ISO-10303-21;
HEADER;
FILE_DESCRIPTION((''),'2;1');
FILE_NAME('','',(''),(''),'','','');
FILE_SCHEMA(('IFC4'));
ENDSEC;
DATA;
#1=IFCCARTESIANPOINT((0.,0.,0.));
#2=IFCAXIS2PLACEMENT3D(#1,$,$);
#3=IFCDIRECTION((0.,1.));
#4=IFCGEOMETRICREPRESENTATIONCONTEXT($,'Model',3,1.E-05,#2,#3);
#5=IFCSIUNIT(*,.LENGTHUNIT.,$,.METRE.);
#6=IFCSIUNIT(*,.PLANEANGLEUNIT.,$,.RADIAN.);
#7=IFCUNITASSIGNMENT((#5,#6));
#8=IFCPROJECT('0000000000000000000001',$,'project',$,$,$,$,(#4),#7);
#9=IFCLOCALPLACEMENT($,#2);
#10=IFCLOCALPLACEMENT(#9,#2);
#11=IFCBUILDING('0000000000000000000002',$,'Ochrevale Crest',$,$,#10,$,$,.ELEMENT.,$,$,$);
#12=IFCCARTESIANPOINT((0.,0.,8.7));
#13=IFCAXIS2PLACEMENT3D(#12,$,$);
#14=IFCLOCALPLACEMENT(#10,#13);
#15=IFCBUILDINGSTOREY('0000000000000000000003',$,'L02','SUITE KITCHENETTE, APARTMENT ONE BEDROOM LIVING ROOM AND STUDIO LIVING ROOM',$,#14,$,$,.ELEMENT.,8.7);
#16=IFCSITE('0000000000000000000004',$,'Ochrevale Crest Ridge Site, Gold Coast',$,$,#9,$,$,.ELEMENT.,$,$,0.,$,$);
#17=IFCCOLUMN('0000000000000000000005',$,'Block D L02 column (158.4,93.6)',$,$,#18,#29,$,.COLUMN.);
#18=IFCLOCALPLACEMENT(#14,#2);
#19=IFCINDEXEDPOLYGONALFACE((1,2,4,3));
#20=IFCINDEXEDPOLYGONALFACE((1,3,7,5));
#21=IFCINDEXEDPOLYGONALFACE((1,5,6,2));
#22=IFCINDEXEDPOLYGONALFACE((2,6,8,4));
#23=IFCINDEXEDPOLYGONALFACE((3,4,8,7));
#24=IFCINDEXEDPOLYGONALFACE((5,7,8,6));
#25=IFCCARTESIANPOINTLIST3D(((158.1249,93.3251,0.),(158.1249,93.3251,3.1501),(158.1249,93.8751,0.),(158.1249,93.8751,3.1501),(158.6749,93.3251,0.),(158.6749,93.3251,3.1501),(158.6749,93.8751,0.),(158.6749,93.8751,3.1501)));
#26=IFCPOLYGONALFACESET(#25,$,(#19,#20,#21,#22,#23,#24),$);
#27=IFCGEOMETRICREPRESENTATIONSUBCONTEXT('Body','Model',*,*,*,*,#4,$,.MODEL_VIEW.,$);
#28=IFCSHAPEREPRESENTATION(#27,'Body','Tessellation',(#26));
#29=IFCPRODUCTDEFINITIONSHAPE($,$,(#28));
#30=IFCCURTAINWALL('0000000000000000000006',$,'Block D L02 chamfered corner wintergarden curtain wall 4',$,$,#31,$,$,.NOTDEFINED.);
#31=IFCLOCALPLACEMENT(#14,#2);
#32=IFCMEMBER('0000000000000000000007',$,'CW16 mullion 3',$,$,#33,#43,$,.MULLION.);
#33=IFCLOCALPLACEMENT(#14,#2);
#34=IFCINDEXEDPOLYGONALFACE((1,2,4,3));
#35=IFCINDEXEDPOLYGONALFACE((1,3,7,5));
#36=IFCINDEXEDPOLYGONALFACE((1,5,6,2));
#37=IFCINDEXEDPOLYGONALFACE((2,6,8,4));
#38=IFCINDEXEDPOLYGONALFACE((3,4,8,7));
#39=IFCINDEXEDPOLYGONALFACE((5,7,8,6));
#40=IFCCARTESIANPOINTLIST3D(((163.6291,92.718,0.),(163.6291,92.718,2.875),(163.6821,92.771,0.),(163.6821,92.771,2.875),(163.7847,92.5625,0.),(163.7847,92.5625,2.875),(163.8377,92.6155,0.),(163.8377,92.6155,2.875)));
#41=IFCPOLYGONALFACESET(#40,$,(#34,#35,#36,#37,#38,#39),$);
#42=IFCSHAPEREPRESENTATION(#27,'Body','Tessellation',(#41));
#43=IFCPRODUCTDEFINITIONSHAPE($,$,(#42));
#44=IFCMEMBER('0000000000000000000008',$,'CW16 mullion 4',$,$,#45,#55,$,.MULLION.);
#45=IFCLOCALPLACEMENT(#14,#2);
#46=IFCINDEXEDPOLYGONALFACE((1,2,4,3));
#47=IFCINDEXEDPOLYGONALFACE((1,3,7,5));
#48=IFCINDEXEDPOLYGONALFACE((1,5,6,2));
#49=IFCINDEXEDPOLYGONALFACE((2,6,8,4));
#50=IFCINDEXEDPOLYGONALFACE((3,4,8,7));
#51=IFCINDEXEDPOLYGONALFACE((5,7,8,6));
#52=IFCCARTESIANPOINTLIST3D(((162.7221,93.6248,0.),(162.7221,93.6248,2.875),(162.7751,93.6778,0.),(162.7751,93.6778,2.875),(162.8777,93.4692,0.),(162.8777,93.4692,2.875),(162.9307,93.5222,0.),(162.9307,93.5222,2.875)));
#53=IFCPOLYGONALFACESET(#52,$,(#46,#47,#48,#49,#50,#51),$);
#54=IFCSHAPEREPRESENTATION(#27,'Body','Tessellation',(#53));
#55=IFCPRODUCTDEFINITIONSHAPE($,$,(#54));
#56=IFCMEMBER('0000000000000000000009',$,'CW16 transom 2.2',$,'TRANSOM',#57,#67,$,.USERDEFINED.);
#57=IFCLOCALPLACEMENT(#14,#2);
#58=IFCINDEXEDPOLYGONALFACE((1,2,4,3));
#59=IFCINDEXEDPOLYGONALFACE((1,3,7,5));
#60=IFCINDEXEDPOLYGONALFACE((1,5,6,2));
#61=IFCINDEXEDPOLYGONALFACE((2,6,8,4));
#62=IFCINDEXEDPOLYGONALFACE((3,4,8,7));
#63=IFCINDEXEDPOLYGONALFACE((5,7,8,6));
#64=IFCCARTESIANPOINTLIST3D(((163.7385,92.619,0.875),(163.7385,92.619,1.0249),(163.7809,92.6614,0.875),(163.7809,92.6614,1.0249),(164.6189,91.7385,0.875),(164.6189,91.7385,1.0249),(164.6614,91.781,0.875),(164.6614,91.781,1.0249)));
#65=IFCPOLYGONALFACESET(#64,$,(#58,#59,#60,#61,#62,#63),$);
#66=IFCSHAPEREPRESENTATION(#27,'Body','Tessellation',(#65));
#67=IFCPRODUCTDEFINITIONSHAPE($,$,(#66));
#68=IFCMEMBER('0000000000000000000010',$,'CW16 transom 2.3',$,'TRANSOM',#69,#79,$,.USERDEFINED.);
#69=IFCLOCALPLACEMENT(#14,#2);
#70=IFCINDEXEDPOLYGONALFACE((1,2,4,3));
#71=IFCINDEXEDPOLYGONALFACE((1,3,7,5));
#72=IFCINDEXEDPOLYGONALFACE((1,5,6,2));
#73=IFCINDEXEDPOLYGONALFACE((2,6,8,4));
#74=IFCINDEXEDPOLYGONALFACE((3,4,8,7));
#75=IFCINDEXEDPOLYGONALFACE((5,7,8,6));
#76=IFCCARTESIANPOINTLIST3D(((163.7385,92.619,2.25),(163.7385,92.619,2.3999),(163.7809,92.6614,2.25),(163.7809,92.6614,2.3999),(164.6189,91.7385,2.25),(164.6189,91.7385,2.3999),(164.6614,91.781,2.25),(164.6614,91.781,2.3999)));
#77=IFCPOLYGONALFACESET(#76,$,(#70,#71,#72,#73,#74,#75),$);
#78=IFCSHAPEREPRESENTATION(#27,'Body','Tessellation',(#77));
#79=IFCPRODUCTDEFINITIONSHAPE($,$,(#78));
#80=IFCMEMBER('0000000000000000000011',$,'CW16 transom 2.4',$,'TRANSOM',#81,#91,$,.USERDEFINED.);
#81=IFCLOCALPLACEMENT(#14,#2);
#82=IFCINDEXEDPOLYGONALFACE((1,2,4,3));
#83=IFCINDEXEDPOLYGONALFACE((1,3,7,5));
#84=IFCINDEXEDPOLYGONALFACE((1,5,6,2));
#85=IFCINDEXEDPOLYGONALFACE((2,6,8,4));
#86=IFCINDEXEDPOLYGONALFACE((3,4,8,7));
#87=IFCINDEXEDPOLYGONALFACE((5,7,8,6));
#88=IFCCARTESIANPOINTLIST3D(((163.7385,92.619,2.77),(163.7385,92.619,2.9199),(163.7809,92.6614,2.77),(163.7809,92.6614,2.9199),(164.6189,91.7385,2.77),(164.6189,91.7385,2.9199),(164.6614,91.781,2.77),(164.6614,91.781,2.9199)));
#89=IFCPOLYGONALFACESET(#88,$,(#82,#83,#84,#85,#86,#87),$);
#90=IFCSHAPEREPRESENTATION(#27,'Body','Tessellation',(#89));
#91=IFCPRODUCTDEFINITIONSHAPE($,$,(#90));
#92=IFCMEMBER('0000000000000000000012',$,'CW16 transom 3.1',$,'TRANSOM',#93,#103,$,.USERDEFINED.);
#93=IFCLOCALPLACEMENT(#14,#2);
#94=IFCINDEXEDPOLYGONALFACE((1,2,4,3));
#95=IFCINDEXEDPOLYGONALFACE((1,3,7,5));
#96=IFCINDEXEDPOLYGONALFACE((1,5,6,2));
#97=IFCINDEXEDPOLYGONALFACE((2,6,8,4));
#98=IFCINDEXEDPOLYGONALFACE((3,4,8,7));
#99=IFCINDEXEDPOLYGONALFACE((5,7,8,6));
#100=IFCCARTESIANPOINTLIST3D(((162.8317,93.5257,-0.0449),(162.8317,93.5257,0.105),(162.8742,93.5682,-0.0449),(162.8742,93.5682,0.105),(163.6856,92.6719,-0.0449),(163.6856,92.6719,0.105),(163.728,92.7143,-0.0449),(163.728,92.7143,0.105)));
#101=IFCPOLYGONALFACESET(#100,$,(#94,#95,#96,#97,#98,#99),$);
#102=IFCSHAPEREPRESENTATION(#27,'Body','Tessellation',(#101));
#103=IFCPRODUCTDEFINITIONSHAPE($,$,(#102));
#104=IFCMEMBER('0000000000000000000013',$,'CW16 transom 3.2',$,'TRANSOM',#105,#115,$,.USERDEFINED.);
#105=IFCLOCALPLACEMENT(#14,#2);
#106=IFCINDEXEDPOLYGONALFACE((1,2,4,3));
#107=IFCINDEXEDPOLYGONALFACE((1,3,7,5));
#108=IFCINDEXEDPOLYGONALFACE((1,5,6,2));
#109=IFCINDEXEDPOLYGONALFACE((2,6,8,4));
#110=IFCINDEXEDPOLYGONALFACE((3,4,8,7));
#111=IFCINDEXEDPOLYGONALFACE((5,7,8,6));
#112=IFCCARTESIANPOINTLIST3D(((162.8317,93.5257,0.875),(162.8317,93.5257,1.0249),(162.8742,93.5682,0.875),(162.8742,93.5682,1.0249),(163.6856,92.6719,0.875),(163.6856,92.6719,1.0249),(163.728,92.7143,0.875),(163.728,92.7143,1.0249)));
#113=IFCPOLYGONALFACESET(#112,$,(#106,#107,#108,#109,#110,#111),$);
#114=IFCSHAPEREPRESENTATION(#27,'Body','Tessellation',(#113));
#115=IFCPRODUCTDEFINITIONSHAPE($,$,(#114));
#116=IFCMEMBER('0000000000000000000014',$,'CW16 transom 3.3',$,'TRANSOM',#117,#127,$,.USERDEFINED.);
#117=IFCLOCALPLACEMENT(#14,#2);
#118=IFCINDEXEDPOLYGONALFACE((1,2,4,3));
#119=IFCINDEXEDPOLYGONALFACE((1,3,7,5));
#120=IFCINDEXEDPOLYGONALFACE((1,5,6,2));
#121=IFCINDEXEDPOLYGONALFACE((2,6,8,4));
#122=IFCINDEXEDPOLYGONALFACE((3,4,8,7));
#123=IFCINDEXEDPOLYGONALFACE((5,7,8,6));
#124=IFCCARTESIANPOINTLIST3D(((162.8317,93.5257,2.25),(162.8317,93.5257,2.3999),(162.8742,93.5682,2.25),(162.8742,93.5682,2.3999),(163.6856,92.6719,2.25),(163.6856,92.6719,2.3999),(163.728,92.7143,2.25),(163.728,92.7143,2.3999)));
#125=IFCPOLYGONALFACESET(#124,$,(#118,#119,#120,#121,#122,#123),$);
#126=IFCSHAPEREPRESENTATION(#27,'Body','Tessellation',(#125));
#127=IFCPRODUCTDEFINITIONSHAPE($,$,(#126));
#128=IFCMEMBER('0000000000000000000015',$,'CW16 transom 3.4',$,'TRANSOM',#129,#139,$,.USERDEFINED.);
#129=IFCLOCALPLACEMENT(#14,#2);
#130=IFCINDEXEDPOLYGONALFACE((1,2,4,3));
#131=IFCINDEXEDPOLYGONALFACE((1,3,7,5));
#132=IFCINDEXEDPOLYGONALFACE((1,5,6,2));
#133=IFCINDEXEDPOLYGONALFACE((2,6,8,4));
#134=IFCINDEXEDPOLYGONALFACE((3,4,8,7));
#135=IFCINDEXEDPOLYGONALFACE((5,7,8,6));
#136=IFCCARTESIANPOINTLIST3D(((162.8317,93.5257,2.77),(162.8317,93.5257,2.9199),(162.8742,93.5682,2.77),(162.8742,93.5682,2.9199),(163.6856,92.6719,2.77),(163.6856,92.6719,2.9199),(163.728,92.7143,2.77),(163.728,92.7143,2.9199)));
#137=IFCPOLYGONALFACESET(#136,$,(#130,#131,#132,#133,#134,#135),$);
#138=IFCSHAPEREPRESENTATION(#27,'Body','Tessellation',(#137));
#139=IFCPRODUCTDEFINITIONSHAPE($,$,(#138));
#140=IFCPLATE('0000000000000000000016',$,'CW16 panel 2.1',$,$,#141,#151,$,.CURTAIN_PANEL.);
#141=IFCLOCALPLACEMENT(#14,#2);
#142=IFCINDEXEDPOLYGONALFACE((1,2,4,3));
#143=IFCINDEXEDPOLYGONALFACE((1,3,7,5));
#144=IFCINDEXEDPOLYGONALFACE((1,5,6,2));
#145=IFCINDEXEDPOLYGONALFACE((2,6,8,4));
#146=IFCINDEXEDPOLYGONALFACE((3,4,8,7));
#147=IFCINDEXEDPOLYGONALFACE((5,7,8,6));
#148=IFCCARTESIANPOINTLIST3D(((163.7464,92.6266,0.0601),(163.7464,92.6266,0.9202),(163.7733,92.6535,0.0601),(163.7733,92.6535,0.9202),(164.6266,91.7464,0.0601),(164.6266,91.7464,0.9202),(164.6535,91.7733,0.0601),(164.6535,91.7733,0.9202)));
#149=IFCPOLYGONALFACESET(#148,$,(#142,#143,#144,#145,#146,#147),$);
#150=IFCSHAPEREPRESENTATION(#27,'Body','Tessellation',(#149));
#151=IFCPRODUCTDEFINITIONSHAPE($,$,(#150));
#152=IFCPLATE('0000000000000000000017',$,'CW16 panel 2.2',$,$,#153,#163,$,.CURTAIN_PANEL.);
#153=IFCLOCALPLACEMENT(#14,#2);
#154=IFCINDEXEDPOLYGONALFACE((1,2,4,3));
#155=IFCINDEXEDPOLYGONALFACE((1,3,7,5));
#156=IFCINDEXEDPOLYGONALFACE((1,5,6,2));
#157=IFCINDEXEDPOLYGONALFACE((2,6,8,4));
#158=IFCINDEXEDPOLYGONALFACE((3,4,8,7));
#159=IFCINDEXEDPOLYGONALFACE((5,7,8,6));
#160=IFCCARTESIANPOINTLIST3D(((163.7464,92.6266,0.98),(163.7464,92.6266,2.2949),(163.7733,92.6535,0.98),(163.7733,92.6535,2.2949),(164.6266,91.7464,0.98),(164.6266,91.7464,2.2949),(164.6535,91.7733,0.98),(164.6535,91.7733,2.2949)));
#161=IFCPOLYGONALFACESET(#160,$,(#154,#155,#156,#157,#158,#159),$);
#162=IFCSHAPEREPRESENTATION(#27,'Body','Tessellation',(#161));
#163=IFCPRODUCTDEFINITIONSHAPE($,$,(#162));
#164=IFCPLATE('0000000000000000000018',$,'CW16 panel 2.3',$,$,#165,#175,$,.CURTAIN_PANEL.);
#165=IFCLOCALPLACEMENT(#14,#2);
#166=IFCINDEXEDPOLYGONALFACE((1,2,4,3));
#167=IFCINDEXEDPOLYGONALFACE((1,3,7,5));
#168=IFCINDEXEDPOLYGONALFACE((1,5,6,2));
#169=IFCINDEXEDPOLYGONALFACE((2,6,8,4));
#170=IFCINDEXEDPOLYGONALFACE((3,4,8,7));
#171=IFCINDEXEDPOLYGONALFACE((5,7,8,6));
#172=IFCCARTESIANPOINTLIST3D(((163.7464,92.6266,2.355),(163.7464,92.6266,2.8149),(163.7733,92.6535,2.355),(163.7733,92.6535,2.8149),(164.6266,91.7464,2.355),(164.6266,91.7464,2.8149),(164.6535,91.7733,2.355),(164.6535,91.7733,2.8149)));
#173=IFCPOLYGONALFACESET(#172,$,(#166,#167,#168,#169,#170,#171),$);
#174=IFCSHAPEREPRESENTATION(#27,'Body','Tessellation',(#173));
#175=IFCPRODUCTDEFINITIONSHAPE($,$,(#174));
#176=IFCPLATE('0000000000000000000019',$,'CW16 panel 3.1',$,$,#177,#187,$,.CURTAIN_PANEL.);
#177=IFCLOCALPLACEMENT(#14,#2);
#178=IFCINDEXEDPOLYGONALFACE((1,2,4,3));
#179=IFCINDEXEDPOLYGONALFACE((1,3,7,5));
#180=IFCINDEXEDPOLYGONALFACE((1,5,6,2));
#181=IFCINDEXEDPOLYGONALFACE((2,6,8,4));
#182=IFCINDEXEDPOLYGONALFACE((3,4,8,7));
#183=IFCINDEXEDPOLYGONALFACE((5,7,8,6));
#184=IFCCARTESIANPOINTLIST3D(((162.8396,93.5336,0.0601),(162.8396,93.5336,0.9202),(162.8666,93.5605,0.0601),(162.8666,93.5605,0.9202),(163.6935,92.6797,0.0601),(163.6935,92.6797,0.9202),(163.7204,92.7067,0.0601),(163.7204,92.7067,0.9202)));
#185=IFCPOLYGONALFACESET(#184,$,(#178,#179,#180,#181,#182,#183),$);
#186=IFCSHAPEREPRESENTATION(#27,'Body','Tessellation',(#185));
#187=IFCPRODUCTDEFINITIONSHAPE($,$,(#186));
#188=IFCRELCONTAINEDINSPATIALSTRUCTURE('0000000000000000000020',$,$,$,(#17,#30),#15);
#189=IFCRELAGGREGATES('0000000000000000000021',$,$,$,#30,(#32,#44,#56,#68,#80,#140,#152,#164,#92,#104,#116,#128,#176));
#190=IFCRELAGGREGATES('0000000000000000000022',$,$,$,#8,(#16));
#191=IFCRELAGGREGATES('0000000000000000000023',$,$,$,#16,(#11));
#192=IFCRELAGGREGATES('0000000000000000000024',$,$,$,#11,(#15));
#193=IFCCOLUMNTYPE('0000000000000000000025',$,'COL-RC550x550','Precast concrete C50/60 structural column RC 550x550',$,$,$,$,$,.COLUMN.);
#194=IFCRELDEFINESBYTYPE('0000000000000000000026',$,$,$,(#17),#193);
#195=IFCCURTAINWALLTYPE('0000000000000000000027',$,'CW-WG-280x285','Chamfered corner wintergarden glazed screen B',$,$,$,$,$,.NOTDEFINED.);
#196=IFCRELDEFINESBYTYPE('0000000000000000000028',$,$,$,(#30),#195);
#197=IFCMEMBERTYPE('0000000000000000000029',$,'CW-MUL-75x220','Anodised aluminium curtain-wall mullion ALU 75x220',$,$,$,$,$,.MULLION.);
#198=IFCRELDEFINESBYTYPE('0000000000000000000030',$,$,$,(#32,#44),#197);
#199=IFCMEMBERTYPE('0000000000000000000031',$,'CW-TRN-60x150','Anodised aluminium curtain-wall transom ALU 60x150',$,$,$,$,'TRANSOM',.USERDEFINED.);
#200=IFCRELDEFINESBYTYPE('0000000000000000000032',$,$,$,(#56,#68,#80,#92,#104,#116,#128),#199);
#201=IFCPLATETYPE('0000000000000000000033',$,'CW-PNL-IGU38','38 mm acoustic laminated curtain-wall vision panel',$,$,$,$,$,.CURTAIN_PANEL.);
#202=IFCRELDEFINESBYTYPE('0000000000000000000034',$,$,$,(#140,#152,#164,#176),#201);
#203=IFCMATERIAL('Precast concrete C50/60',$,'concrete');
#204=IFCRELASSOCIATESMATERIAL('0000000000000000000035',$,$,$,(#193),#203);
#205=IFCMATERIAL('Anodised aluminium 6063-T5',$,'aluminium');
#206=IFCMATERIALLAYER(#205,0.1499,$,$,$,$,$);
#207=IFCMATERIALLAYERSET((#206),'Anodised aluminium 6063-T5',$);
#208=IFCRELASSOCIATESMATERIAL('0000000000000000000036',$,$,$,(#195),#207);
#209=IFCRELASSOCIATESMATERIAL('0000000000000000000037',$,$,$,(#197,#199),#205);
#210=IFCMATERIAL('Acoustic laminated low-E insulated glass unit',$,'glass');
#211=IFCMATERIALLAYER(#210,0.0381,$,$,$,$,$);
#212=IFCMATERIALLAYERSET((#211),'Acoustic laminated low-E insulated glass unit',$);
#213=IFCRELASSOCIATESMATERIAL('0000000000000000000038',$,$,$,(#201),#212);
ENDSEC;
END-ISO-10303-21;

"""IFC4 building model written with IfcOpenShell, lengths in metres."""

from ifc_helpers import new_model, si_unit, direction, frame, origin, origin_2d, place, context, subcontext, project, spatial, rectangle, extrude, material, layer, layer_set, material_profile, profile_set, type_object, element, aggregate, save


model = new_model("IFC4")

# Units and contexts
model_context = context("Model", 3, precision=1e-05, world=origin(), true_north=direction((0.0, 1.0)))
body_context = subcontext(model_context, "Body", "Model", "MODEL_VIEW")
ifc_project = project(units=[si_unit("LENGTHUNIT", "METRE"), si_unit("PLANEANGLEUNIT", "RADIAN")], contexts=[model_context])

# Site, building, storey
site_placement = place(None, origin())
site = spatial("IfcSite", under=ifc_project, at=site_placement, Name="Ochrevale Crest Ridge Site, Gold Coast", CompositionType="ELEMENT", RefElevation=0.0)
building_placement = place(site_placement, origin())
building = spatial("IfcBuilding", under=site, at=building_placement, Name="Ochrevale Crest", CompositionType="ELEMENT")
storey_placement = place(building_placement, frame((0.0, 0.0, 8.7)))
storey = spatial("IfcBuildingStorey", under=building, at=storey_placement, Name="L02", Description="SUITE KITCHENETTE, APARTMENT ONE BEDROOM LIVING ROOM AND STUDIO LIVING ROOM", CompositionType="ELEMENT", Elevation=8.7)

# Column
ifc_material_1 = material(Name="Precast concrete C50/60", Category="concrete")
ifc_material_profile_1 = material_profile(ifc_material_1, rectangle(XDim=0.55, YDim=0.55, at=origin_2d()), Name="RC 550x550")
ifc_profile_set_1 = profile_set([ifc_material_profile_1], Name="Precast concrete C50/60")
column_type = type_object("IfcColumnType", Name="COL-RC550x550", Description="Precast concrete C50/60 structural column RC 550x550", PredefinedType="COLUMN", material=ifc_profile_set_1)
column_placement = place(storey_placement, frame((158.3999, 93.6001, 0.0), z_axis=(0.0, 0.0, 1.0), x_axis=(1.0, 0.0, 0.0)))
element("IfcColumn", 1, at=column_placement, inside=storey, type_object=column_type, Name="Block D L02 column (158.4,93.6)", PredefinedType="COLUMN", context=body_context, shape_type="SweptSolid", body=[
    extrude(rectangle(XDim=0.55, YDim=0.55, at=origin_2d()), origin(), (0.0, 0.0, 1.0), 3.1501),
])

# Curtain wall, members, plates
ifc_material_2 = material(Name="Anodised aluminium 6063-T5", Category="aluminium")
ifc_layer_1 = layer(ifc_material_2, 0.1499)
ifc_layer_set_1 = layer_set([ifc_layer_1], Name="Anodised aluminium 6063-T5")
curtain_wall_type = type_object("IfcCurtainWallType", Name="CW-WG-280x285", Description="Chamfered corner wintergarden glazed screen B", PredefinedType="NOTDEFINED", material=ifc_layer_set_1)
curtain_wall_placement = place(storey_placement, origin())
curtain_wall = element("IfcCurtainWall", 2, at=curtain_wall_placement, inside=storey, type_object=curtain_wall_type, Name="Block D L02 chamfered corner wintergarden curtain wall 4", PredefinedType="NOTDEFINED")
ifc_material_profile_2 = material_profile(ifc_material_2, rectangle(XDim=0.075, YDim=0.22, at=origin_2d()), Name="ALU 75x220")
ifc_profile_set_2 = profile_set([ifc_material_profile_2], Name="Anodised aluminium 6063-T5")
member_type_1 = type_object("IfcMemberType", Name="CW-MUL-75x220", Description="Anodised aluminium curtain-wall mullion ALU 75x220", PredefinedType="MULLION", material=ifc_profile_set_2)
member_1_placement = place(storey_placement, frame((163.7334, 92.6667, 0.0), z_axis=(0.0, 0.0, 1.0), x_axis=(-0.707107, -0.707107, 0.0)))
member_1 = element("IfcMember", 3, at=member_1_placement, type_object=member_type_1, Name="CW16 mullion 3", PredefinedType="MULLION", context=body_context, shape_type="SweptSolid", body=[
    extrude(rectangle(XDim=0.075, YDim=0.22, at=origin_2d()), origin(), (0.0, 0.0, 1.0), 2.875),
])
member_2_placement = place(storey_placement, frame((162.8264, 93.5735, 0.0), z_axis=(0.0, 0.0, 1.0), x_axis=(-0.707107, -0.707107, 0.0)))
member_2 = element("IfcMember", 4, at=member_2_placement, type_object=member_type_1, Name="CW16 mullion 4", PredefinedType="MULLION", context=body_context, shape_type="SweptSolid", body=[
    extrude(rectangle(XDim=0.075, YDim=0.22, at=origin_2d()), origin(), (0.0, 0.0, 1.0), 2.875),
])
ifc_material_profile_3 = material_profile(ifc_material_2, rectangle(XDim=0.0601, YDim=0.1499, at=origin_2d()), Name="ALU 60x150")
ifc_profile_set_3 = profile_set([ifc_material_profile_3], Name="Anodised aluminium 6063-T5")
member_type_2 = type_object("IfcMemberType", Name="CW-TRN-60x150", Description="Anodised aluminium curtain-wall transom ALU 60x150", ElementType="TRANSOM", PredefinedType="USERDEFINED", material=ifc_profile_set_3)
member_3_placement = place(storey_placement, frame((164.6401, 91.7598, 0.95), z_axis=(-0.707107, 0.707107, 0.0), x_axis=(-0.707107, -0.707107, 0.0)))
member_3 = element("IfcMember", 5, at=member_3_placement, type_object=member_type_2, Name="CW16 transom 2.2", ObjectType="TRANSOM", PredefinedType="USERDEFINED", context=body_context, shape_type="SweptSolid", body=[
    extrude(rectangle(XDim=0.0601, YDim=0.1499, at=origin_2d()), origin(), (0.0, 0.0, 1.0), 1.2451),
])
member_4_placement = place(storey_placement, frame((164.6401, 91.7598, 2.325), z_axis=(-0.707107, 0.707107, 0.0), x_axis=(-0.707107, -0.707107, 0.0)))
member_4 = element("IfcMember", 6, at=member_4_placement, type_object=member_type_2, Name="CW16 transom 2.3", ObjectType="TRANSOM", PredefinedType="USERDEFINED", context=body_context, shape_type="SweptSolid", body=[
    extrude(rectangle(XDim=0.0601, YDim=0.1499, at=origin_2d()), origin(), (0.0, 0.0, 1.0), 1.2451),
])
member_5_placement = place(storey_placement, frame((164.6401, 91.7598, 2.845), z_axis=(-0.707107, 0.707107, 0.0), x_axis=(-0.707107, -0.707107, 0.0)))
member_5 = element("IfcMember", 7, at=member_5_placement, type_object=member_type_2, Name="CW16 transom 2.4", ObjectType="TRANSOM", PredefinedType="USERDEFINED", context=body_context, shape_type="SweptSolid", body=[
    extrude(rectangle(XDim=0.0601, YDim=0.1499, at=origin_2d()), origin(), (0.0, 0.0, 1.0), 1.2451),
])
member_6_placement = place(storey_placement, frame((163.7068, 92.6931, 0.03), z_axis=(-0.707107, 0.707107, 0.0), x_axis=(-0.707107, -0.707107, 0.0)))
member_6 = element("IfcMember", 8, at=member_6_placement, type_object=member_type_2, Name="CW16 transom 3.1", ObjectType="TRANSOM", PredefinedType="USERDEFINED", context=body_context, shape_type="SweptSolid", body=[
    extrude(rectangle(XDim=0.0601, YDim=0.1499, at=origin_2d()), origin(), (0.0, 0.0, 1.0), 1.2075),
])
member_7_placement = place(storey_placement, frame((163.7068, 92.6931, 0.95), z_axis=(-0.707107, 0.707107, 0.0), x_axis=(-0.707107, -0.707107, 0.0)))
member_7 = element("IfcMember", 9, at=member_7_placement, type_object=member_type_2, Name="CW16 transom 3.2", ObjectType="TRANSOM", PredefinedType="USERDEFINED", context=body_context, shape_type="SweptSolid", body=[
    extrude(rectangle(XDim=0.0601, YDim=0.1499, at=origin_2d()), origin(), (0.0, 0.0, 1.0), 1.2075),
])
member_8_placement = place(storey_placement, frame((163.7068, 92.6931, 2.325), z_axis=(-0.707107, 0.707107, 0.0), x_axis=(-0.707107, -0.707107, 0.0)))
member_8 = element("IfcMember", 10, at=member_8_placement, type_object=member_type_2, Name="CW16 transom 3.3", ObjectType="TRANSOM", PredefinedType="USERDEFINED", context=body_context, shape_type="SweptSolid", body=[
    extrude(rectangle(XDim=0.0601, YDim=0.1499, at=origin_2d()), origin(), (0.0, 0.0, 1.0), 1.2075),
])
member_9_placement = place(storey_placement, frame((163.7068, 92.6931, 2.845), z_axis=(-0.707107, 0.707107, 0.0), x_axis=(-0.707107, -0.707107, 0.0)))
member_9 = element("IfcMember", 11, at=member_9_placement, type_object=member_type_2, Name="CW16 transom 3.4", ObjectType="TRANSOM", PredefinedType="USERDEFINED", context=body_context, shape_type="SweptSolid", body=[
    extrude(rectangle(XDim=0.0601, YDim=0.1499, at=origin_2d()), origin(), (0.0, 0.0, 1.0), 1.2075),
])
ifc_material_3 = material(Name="Acoustic laminated low-E insulated glass unit", Category="glass")
ifc_layer_2 = layer(ifc_material_3, 0.0381)
ifc_layer_set_2 = layer_set([ifc_layer_2], Name="Acoustic laminated low-E insulated glass unit")
plate_type_1 = type_object("IfcPlateType", Name="CW-PNL-IGU38", Description="38 mm acoustic laminated curtain-wall vision panel", PredefinedType="CURTAIN_PANEL", material=ifc_layer_set_2)
plate_1_placement = place(storey_placement, frame((164.2, 92.2, 0.0601), z_axis=(0.0, 0.0, 1.0), x_axis=(-0.707107, 0.707107, 0.0)))
plate_1 = element("IfcPlate", 12, at=plate_1_placement, type_object=plate_type_1, Name="CW16 panel 2.1", PredefinedType="CURTAIN_PANEL", context=body_context, shape_type="SweptSolid", body=[
    extrude(rectangle(XDim=1.2449, YDim=0.0381, at=origin_2d()), origin(), (0.0, 0.0, 1.0), 0.8601),
])
plate_2_placement = place(storey_placement, frame((164.2, 92.2, 0.98), z_axis=(0.0, 0.0, 1.0), x_axis=(-0.707107, 0.707107, 0.0)))
plate_2 = element("IfcPlate", 13, at=plate_2_placement, type_object=plate_type_1, Name="CW16 panel 2.2", PredefinedType="CURTAIN_PANEL", context=body_context, shape_type="SweptSolid", body=[
    extrude(rectangle(XDim=1.2449, YDim=0.0381, at=origin_2d()), origin(), (0.0, 0.0, 1.0), 1.3149),
])
plate_3_placement = place(storey_placement, frame((164.2, 92.2, 2.355), z_axis=(0.0, 0.0, 1.0), x_axis=(-0.707107, 0.707107, 0.0)))
plate_3 = element("IfcPlate", 14, at=plate_3_placement, type_object=plate_type_1, Name="CW16 panel 2.3", PredefinedType="CURTAIN_PANEL", context=body_context, shape_type="SweptSolid", body=[
    extrude(rectangle(XDim=1.2449, YDim=0.0381, at=origin_2d()), origin(), (0.0, 0.0, 1.0), 0.46),
])
plate_4_placement = place(storey_placement, frame((163.28, 93.1201, 0.0601), z_axis=(0.0, 0.0, 1.0), x_axis=(-0.707107, 0.707107, 0.0)))
plate_4 = element("IfcPlate", 15, at=plate_4_placement, type_object=plate_type_1, Name="CW16 panel 3.1", PredefinedType="CURTAIN_PANEL", context=body_context, shape_type="SweptSolid", body=[
    extrude(rectangle(XDim=1.2075, YDim=0.0381, at=origin_2d()), origin(), (0.0, 0.0, 1.0), 0.8601),
])
aggregate(curtain_wall, [member_1, member_2, member_3, member_4, member_5, plate_1, plate_2, plate_3, member_6, member_7, member_8, member_9, plate_4])

save(model, "model.ifc")
